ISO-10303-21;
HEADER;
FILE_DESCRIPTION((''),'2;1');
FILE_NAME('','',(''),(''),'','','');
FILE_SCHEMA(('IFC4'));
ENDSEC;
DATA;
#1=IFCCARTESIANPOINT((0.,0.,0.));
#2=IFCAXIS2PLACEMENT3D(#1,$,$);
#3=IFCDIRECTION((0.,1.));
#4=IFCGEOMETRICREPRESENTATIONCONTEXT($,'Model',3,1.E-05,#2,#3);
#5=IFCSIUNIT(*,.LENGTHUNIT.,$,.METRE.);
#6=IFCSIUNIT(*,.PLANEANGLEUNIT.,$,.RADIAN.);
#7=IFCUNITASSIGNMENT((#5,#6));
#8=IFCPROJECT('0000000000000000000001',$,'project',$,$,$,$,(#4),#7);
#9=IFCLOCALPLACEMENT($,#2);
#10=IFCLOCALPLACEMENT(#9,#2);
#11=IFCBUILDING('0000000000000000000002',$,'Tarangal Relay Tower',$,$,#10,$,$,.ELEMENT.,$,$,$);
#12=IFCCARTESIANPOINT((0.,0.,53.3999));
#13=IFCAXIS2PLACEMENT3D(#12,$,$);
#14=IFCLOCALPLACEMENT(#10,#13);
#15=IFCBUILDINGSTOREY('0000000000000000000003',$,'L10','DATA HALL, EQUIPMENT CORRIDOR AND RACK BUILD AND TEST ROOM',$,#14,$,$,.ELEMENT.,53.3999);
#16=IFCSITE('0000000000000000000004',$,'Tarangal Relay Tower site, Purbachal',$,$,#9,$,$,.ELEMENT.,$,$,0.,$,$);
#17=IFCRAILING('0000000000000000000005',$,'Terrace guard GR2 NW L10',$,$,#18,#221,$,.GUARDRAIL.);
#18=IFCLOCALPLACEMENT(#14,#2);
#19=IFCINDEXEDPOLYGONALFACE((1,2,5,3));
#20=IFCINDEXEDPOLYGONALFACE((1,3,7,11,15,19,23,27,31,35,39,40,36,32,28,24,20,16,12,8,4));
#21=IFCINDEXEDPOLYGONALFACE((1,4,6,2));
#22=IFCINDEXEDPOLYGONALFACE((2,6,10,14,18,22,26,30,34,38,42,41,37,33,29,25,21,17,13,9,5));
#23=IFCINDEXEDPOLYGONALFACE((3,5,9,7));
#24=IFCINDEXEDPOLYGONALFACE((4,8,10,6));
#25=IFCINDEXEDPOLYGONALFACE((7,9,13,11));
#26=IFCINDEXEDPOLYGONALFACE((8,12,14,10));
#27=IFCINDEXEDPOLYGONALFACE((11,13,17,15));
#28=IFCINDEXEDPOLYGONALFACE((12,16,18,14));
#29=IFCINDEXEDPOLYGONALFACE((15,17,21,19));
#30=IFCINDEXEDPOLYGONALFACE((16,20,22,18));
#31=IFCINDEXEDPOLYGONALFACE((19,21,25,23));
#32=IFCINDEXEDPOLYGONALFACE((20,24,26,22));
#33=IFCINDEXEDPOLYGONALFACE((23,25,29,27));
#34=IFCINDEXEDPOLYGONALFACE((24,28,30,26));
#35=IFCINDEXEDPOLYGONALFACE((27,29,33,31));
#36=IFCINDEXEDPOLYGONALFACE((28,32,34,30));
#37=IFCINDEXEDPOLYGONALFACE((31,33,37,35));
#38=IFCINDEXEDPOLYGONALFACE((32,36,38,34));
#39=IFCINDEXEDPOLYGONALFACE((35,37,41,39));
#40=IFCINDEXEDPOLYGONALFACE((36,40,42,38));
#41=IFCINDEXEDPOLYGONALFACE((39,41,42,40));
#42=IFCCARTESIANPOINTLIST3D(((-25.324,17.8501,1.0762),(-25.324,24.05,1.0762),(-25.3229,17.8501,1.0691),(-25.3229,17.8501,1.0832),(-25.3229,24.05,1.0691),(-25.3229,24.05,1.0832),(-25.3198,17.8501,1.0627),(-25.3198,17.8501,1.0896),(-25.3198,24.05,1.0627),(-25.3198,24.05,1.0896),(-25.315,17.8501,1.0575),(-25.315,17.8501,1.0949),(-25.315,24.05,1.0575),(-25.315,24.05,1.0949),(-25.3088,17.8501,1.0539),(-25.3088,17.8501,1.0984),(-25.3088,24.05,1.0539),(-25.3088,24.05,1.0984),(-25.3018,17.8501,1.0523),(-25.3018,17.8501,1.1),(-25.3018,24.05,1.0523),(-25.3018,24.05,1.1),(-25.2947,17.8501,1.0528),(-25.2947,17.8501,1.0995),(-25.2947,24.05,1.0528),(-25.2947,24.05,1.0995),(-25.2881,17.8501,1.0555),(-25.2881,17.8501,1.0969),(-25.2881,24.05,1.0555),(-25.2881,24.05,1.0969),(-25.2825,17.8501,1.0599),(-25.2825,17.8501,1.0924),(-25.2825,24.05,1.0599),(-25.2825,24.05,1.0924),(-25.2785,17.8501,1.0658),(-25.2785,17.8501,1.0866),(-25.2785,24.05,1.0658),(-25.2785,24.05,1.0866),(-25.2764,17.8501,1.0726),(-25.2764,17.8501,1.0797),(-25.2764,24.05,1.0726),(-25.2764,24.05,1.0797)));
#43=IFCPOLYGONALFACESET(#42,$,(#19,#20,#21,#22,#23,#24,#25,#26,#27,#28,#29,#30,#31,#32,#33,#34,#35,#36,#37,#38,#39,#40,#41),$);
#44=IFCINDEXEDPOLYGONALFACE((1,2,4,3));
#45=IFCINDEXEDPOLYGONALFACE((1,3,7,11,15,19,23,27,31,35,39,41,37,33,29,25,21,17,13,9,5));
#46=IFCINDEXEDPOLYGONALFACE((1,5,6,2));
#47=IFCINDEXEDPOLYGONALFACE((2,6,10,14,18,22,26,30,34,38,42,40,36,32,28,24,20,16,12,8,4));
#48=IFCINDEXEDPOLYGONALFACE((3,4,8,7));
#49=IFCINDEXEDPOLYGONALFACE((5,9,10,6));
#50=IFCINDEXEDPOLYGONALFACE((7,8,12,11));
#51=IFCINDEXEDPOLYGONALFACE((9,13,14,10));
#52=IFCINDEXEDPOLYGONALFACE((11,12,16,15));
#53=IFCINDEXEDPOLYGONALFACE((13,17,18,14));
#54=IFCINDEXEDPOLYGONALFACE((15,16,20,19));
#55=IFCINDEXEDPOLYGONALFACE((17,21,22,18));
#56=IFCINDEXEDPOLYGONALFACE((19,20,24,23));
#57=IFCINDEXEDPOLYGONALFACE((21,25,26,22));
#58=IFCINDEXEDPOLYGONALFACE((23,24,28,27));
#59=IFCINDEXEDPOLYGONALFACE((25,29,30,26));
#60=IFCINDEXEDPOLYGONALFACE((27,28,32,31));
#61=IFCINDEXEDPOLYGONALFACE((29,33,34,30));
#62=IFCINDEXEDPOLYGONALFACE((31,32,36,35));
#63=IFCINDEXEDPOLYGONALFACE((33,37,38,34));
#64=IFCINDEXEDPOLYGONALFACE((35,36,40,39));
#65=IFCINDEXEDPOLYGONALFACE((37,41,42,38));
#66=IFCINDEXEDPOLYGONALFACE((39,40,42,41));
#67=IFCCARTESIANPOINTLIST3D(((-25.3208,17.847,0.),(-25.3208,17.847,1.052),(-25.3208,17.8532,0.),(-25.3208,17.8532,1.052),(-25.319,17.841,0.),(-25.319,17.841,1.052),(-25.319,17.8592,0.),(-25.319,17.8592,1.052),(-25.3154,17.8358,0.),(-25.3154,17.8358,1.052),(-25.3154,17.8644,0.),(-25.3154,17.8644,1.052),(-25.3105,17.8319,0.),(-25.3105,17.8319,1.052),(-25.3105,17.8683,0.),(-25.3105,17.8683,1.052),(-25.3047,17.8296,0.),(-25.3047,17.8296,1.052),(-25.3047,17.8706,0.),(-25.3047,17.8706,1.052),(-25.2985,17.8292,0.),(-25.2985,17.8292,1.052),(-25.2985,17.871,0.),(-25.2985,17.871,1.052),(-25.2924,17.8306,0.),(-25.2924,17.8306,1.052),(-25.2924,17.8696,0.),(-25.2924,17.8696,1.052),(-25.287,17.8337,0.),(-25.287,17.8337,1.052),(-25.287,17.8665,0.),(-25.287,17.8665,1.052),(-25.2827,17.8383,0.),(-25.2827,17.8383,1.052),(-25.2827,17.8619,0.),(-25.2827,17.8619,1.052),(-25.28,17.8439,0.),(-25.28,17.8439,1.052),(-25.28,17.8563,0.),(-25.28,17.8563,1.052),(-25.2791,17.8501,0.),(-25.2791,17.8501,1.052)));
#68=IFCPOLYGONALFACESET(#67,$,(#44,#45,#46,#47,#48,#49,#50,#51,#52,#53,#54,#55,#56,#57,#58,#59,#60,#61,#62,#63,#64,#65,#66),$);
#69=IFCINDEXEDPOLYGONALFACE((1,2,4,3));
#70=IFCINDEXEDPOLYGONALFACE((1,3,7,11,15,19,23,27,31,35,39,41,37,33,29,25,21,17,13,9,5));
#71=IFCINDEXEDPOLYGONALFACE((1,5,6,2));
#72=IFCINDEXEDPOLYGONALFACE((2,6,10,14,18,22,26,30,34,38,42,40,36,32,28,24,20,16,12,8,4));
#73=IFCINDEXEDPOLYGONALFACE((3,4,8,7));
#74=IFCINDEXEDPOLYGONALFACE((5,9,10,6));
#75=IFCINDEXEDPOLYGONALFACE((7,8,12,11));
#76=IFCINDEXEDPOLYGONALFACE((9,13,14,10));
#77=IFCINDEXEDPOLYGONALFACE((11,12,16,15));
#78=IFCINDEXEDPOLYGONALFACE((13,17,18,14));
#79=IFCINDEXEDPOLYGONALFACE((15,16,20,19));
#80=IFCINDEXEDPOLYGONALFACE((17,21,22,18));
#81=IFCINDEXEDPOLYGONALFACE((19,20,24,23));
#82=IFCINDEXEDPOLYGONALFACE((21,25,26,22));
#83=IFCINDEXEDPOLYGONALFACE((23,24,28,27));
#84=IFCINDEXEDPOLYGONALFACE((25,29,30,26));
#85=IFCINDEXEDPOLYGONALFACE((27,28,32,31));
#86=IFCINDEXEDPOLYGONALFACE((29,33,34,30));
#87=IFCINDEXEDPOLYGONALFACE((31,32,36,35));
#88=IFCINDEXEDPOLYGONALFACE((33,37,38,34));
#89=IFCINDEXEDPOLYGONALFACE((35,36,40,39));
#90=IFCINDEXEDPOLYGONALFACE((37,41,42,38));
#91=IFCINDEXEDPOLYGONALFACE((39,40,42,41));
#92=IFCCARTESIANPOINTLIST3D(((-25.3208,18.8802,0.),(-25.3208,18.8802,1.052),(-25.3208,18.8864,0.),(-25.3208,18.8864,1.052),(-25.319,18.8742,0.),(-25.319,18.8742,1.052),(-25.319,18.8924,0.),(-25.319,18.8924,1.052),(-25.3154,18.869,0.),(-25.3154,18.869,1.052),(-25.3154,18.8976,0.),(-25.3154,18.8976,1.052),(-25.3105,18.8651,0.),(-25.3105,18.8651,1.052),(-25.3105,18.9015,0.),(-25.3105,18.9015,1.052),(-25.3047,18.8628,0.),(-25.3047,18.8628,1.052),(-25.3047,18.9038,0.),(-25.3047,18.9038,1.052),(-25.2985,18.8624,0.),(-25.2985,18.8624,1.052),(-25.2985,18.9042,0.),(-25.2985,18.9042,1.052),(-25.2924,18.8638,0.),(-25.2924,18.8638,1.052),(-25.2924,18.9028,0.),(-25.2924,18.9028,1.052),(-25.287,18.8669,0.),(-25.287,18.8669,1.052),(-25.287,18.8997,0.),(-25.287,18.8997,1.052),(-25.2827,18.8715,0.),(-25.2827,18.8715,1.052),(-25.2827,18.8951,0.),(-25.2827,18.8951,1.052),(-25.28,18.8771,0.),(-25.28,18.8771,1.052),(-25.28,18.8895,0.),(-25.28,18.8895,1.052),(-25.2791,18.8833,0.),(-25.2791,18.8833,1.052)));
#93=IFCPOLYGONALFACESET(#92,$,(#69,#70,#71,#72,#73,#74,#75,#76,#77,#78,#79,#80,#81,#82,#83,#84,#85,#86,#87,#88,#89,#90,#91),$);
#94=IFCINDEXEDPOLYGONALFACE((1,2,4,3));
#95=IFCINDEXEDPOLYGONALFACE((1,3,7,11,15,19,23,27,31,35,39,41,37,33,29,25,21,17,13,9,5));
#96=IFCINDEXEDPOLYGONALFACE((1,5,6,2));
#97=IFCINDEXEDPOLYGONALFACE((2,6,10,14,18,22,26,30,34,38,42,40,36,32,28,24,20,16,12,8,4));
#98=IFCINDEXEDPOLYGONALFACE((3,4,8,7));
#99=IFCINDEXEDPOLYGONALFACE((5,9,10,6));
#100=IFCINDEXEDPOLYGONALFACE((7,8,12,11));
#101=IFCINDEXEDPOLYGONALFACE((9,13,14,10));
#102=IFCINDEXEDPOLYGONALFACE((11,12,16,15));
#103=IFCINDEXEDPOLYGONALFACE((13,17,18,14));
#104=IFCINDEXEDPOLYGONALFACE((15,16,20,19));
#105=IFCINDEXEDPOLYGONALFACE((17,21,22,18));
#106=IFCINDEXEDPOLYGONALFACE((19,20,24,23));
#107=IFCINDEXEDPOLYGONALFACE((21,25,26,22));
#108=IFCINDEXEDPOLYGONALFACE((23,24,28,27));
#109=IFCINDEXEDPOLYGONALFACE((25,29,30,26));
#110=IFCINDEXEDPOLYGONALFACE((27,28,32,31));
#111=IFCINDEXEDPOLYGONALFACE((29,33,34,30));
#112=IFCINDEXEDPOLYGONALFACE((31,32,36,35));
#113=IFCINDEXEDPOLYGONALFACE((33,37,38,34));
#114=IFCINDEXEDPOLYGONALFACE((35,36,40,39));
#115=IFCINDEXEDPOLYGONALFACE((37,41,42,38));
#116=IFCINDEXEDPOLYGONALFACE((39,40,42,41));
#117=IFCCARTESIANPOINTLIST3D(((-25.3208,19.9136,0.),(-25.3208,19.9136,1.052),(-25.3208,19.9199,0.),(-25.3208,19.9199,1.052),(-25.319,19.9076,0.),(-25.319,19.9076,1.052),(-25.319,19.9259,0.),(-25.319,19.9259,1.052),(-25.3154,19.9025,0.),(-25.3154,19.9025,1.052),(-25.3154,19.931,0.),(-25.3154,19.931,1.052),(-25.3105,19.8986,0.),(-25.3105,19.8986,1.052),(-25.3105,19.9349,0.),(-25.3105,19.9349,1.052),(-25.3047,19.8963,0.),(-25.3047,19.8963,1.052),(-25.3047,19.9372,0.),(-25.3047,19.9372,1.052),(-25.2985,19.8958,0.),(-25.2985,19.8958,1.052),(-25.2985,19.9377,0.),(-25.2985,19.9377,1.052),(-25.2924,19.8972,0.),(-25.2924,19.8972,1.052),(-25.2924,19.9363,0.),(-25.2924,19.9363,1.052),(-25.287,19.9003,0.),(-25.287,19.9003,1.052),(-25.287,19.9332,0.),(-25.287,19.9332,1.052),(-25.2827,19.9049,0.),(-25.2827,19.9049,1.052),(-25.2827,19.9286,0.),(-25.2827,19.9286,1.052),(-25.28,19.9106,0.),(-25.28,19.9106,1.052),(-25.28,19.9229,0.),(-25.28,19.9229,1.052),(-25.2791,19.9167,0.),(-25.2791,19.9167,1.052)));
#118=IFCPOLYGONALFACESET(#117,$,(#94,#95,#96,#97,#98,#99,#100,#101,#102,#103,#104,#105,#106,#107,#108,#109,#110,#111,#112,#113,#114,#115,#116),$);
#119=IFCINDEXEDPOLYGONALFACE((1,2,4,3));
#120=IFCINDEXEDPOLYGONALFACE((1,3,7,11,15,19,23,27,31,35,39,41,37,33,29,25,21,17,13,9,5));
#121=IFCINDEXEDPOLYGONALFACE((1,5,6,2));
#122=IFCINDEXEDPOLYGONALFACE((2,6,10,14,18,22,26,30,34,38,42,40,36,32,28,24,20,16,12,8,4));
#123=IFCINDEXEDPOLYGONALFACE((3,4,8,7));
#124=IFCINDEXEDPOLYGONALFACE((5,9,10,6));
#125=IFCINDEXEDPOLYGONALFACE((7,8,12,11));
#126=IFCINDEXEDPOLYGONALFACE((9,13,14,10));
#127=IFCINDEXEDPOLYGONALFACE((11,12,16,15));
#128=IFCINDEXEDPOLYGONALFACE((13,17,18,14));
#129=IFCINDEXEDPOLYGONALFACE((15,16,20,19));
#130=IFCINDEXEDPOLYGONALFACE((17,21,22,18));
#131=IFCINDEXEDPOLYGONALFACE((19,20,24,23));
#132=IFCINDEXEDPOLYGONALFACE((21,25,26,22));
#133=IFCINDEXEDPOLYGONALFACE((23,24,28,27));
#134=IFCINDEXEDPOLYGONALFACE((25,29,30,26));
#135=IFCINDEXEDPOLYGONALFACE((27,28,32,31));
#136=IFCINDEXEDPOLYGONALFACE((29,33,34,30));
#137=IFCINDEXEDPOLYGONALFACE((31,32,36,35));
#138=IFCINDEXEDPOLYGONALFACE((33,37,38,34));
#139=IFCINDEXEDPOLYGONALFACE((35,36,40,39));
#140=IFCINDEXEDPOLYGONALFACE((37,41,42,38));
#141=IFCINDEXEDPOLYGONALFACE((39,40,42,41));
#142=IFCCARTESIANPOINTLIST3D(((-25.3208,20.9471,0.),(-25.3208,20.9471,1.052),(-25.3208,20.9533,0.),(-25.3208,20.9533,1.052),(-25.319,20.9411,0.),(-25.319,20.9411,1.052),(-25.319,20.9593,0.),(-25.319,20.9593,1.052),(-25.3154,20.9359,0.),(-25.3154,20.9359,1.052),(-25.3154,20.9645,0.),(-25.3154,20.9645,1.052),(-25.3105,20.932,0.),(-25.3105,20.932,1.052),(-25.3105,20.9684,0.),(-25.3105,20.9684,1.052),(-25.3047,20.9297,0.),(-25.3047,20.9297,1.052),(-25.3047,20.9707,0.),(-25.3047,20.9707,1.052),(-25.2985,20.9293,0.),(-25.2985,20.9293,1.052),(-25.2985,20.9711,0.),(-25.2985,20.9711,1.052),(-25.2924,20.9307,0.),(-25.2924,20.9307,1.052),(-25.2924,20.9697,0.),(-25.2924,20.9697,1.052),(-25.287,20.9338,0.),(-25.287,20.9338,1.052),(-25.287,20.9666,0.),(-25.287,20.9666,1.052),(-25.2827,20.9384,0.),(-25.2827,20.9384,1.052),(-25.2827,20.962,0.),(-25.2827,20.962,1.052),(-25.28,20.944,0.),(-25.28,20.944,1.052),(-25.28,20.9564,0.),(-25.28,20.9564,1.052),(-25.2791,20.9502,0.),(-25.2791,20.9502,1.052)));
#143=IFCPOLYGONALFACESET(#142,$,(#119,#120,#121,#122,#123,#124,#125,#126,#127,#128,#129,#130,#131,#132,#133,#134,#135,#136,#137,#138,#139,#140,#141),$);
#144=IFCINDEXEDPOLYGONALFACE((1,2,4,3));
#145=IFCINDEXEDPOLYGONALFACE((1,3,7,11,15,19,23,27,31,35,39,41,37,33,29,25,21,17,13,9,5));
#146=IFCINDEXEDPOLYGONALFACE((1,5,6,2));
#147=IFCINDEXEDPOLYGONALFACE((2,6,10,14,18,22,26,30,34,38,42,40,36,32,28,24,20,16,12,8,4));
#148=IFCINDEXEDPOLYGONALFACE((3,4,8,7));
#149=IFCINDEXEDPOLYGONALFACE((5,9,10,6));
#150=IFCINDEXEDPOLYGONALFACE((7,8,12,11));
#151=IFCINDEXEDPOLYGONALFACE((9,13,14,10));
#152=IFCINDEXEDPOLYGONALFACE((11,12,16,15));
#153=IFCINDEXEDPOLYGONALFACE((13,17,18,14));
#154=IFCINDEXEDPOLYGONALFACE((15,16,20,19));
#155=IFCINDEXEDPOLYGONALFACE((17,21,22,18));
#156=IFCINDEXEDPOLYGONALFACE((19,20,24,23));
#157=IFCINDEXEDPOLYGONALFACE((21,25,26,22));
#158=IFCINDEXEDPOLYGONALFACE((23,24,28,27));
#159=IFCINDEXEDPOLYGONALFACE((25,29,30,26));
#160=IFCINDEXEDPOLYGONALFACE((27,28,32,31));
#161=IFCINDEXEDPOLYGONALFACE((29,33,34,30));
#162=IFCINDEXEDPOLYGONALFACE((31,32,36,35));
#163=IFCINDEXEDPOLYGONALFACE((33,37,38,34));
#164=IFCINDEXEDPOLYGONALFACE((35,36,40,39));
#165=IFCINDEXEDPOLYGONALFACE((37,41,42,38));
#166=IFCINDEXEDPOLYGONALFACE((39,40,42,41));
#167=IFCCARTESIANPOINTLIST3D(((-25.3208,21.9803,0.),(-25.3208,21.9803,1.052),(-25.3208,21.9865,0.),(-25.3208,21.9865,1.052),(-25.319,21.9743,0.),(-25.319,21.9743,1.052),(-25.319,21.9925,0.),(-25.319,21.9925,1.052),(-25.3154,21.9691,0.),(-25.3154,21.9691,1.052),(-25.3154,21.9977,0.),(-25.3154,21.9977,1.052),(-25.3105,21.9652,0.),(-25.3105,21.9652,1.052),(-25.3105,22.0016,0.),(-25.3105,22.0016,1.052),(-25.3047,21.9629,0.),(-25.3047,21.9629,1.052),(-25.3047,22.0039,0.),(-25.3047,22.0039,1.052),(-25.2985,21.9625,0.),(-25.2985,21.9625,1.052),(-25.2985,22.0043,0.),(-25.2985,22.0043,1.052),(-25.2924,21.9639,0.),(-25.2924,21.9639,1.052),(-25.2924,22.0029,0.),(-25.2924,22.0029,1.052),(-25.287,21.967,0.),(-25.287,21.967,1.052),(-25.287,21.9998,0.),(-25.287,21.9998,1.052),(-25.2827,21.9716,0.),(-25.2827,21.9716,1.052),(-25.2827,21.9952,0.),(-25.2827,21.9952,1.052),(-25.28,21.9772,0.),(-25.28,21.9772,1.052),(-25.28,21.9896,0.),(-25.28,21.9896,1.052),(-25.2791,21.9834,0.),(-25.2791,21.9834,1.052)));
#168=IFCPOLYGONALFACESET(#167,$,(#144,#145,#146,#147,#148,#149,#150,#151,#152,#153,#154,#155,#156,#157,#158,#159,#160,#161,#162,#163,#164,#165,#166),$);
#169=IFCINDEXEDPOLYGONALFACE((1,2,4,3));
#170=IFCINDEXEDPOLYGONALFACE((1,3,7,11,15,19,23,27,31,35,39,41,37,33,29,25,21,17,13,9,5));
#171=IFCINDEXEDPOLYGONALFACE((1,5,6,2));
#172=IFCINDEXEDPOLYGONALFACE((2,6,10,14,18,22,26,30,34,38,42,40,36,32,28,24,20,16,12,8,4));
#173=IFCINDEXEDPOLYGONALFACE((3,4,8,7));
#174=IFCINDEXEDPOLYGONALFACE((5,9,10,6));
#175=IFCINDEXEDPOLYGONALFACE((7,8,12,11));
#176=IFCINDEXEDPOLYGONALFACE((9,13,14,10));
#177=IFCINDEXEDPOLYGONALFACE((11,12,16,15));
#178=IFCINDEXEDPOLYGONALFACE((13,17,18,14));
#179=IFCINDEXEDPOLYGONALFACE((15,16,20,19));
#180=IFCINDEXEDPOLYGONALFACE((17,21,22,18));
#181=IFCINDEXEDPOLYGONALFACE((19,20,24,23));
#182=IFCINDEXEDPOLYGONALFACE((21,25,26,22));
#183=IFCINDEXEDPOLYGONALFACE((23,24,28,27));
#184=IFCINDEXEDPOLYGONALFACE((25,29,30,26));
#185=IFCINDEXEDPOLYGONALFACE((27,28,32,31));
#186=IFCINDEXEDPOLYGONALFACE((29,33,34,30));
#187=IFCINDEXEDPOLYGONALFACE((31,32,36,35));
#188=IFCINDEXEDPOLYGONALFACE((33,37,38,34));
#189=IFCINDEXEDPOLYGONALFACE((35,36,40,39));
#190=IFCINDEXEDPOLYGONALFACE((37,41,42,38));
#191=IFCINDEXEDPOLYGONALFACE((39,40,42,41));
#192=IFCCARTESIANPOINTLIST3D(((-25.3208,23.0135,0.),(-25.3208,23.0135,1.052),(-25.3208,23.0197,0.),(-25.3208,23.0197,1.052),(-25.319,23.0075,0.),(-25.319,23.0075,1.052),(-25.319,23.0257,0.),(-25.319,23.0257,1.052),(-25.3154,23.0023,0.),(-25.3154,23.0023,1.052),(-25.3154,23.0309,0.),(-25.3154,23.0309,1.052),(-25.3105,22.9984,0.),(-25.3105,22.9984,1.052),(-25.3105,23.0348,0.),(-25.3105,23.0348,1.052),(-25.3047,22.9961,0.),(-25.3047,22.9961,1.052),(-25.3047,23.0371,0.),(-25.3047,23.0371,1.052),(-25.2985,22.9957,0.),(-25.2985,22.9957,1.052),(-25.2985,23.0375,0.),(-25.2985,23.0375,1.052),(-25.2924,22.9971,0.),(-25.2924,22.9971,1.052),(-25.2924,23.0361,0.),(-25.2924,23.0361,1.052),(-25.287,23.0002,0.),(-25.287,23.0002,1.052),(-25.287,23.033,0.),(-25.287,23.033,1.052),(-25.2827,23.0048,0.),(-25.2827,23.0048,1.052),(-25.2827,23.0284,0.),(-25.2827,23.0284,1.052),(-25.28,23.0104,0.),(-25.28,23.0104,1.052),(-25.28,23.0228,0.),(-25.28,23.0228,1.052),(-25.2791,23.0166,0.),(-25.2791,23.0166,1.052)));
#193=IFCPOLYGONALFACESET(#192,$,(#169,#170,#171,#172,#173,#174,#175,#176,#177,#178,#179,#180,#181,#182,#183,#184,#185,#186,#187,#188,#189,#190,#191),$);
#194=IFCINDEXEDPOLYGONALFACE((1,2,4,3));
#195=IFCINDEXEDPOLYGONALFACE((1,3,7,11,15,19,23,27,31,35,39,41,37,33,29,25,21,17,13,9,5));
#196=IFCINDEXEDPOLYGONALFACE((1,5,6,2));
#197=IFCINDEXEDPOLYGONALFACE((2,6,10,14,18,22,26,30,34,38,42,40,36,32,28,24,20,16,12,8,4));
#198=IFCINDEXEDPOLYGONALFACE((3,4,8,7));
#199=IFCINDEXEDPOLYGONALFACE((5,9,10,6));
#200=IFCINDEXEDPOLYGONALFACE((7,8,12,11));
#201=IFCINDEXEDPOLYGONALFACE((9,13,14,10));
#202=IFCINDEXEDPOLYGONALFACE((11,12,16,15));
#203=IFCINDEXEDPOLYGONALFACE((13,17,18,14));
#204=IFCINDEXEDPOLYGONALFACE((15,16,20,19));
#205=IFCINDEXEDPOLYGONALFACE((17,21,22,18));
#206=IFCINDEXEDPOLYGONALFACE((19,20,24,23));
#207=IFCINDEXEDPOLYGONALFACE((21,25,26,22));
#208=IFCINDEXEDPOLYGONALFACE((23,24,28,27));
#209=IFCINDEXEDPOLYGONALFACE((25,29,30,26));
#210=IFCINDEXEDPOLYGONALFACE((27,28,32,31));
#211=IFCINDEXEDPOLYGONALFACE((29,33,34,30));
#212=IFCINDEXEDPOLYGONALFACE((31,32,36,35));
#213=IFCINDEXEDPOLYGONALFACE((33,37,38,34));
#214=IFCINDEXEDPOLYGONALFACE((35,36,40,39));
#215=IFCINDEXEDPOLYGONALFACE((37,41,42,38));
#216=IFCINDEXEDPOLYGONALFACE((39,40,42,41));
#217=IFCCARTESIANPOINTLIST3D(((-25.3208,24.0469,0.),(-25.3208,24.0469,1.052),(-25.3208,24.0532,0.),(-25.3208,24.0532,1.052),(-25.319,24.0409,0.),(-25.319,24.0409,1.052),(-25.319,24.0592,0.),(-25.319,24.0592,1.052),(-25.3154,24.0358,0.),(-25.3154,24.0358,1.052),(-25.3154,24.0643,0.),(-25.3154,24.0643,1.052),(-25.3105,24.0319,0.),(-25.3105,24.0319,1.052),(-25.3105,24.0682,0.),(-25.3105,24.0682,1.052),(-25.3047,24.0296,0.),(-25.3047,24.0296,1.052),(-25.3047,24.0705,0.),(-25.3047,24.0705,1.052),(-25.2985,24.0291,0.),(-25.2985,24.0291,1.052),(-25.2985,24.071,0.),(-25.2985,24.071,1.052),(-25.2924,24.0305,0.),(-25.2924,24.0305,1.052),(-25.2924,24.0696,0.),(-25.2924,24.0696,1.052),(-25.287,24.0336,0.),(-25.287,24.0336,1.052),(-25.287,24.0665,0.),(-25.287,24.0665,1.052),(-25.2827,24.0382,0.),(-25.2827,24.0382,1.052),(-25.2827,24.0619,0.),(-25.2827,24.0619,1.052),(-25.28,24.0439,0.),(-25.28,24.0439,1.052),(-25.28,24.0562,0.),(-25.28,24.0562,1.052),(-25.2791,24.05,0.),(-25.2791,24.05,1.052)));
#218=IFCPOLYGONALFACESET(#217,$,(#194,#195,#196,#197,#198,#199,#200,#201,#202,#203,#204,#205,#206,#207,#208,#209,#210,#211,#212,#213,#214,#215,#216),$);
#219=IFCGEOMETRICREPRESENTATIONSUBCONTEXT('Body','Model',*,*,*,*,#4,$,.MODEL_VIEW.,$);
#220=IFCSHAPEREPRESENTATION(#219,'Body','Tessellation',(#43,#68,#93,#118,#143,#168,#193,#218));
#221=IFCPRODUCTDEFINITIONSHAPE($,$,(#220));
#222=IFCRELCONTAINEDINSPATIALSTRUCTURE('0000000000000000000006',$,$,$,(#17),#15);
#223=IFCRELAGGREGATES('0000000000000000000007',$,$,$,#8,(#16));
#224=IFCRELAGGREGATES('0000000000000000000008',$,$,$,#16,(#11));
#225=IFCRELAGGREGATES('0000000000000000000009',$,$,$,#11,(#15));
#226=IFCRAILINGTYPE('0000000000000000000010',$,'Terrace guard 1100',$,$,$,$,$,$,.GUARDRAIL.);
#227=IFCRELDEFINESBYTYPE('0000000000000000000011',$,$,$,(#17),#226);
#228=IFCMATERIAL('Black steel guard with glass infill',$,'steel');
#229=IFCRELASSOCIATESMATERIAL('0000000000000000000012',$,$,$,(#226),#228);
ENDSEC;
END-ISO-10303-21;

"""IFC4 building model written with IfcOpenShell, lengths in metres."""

from ifc_helpers import new_model, si_unit, direction, frame, origin, origin_2d, place, context, subcontext, project, spatial, circle, extrude, material, type_object, element, save


model = new_model("IFC4")

# Units and contexts
model_context = context("Model", 3, precision=1e-05, world=origin(), true_north=direction((0.0, 1.0)))
body_context = subcontext(model_context, "Body", "Model", "MODEL_VIEW")
ifc_project = project(units=[si_unit("LENGTHUNIT", "METRE"), si_unit("PLANEANGLEUNIT", "RADIAN")], contexts=[model_context])

# Site, building, storey
site_placement = place(None, origin())
site = spatial("IfcSite", under=ifc_project, at=site_placement, Name="Tarangal Relay Tower site, Purbachal", CompositionType="ELEMENT", RefElevation=0.0)
building_placement = place(site_placement, origin())
building = spatial("IfcBuilding", under=site, at=building_placement, Name="Tarangal Relay Tower", CompositionType="ELEMENT")
storey_placement = place(building_placement, frame((0.0, 0.0, 53.3999)))
storey = spatial("IfcBuildingStorey", under=building, at=storey_placement, Name="L10", Description="DATA HALL, EQUIPMENT CORRIDOR AND RACK BUILD AND TEST ROOM", CompositionType="ELEMENT", Elevation=53.3999)

# Railing
ifc_material_1 = material(Name="Black steel guard with glass infill", Category="steel")
railing_type = type_object("IfcRailingType", Name="Terrace guard 1100", PredefinedType="GUARDRAIL", material=ifc_material_1)
railing_1_placement = place(storey_placement, frame((-25.3, 17.8501, 0.0)))
element("IfcRailing", 1, at=railing_1_placement, inside=storey, type_object=railing_type, Name="Terrace guard GR2 NW L10", PredefinedType="GUARDRAIL", context=body_context, shape_type="SweptSolid", body=[
    extrude(circle(Radius=0.0239, at=origin_2d()), frame((0.0, 0.0, 1.0762), z_axis=(0.0, 1.0, 0.0), x_axis=(-1.0, 0.0, 0.0)), (0.0, 0.0, 1.0), 6.2),
    extrude(circle(Radius=0.021, at=origin_2d()), origin(), (0.0, 0.0, 1.0), 1.052),
    extrude(circle(Radius=0.021, at=origin_2d()), frame((0.0, 1.0332, 0.0)), (0.0, 0.0, 1.0), 1.052),
    extrude(circle(Radius=0.021, at=origin_2d()), frame((0.0, 2.0667, 0.0)), (0.0, 0.0, 1.0), 1.052),
    extrude(circle(Radius=0.021, at=origin_2d()), frame((0.0, 3.1001, 0.0)), (0.0, 0.0, 1.0), 1.052),
    extrude(circle(Radius=0.021, at=origin_2d()), frame((0.0, 4.1333, 0.0)), (0.0, 0.0, 1.0), 1.052),
    extrude(circle(Radius=0.021, at=origin_2d()), frame((0.0, 5.1665, 0.0)), (0.0, 0.0, 1.0), 1.052),
    extrude(circle(Radius=0.021, at=origin_2d()), frame((0.0, 6.2, 0.0)), (0.0, 0.0, 1.0), 1.052),
])

save(model, "model.ifc")
